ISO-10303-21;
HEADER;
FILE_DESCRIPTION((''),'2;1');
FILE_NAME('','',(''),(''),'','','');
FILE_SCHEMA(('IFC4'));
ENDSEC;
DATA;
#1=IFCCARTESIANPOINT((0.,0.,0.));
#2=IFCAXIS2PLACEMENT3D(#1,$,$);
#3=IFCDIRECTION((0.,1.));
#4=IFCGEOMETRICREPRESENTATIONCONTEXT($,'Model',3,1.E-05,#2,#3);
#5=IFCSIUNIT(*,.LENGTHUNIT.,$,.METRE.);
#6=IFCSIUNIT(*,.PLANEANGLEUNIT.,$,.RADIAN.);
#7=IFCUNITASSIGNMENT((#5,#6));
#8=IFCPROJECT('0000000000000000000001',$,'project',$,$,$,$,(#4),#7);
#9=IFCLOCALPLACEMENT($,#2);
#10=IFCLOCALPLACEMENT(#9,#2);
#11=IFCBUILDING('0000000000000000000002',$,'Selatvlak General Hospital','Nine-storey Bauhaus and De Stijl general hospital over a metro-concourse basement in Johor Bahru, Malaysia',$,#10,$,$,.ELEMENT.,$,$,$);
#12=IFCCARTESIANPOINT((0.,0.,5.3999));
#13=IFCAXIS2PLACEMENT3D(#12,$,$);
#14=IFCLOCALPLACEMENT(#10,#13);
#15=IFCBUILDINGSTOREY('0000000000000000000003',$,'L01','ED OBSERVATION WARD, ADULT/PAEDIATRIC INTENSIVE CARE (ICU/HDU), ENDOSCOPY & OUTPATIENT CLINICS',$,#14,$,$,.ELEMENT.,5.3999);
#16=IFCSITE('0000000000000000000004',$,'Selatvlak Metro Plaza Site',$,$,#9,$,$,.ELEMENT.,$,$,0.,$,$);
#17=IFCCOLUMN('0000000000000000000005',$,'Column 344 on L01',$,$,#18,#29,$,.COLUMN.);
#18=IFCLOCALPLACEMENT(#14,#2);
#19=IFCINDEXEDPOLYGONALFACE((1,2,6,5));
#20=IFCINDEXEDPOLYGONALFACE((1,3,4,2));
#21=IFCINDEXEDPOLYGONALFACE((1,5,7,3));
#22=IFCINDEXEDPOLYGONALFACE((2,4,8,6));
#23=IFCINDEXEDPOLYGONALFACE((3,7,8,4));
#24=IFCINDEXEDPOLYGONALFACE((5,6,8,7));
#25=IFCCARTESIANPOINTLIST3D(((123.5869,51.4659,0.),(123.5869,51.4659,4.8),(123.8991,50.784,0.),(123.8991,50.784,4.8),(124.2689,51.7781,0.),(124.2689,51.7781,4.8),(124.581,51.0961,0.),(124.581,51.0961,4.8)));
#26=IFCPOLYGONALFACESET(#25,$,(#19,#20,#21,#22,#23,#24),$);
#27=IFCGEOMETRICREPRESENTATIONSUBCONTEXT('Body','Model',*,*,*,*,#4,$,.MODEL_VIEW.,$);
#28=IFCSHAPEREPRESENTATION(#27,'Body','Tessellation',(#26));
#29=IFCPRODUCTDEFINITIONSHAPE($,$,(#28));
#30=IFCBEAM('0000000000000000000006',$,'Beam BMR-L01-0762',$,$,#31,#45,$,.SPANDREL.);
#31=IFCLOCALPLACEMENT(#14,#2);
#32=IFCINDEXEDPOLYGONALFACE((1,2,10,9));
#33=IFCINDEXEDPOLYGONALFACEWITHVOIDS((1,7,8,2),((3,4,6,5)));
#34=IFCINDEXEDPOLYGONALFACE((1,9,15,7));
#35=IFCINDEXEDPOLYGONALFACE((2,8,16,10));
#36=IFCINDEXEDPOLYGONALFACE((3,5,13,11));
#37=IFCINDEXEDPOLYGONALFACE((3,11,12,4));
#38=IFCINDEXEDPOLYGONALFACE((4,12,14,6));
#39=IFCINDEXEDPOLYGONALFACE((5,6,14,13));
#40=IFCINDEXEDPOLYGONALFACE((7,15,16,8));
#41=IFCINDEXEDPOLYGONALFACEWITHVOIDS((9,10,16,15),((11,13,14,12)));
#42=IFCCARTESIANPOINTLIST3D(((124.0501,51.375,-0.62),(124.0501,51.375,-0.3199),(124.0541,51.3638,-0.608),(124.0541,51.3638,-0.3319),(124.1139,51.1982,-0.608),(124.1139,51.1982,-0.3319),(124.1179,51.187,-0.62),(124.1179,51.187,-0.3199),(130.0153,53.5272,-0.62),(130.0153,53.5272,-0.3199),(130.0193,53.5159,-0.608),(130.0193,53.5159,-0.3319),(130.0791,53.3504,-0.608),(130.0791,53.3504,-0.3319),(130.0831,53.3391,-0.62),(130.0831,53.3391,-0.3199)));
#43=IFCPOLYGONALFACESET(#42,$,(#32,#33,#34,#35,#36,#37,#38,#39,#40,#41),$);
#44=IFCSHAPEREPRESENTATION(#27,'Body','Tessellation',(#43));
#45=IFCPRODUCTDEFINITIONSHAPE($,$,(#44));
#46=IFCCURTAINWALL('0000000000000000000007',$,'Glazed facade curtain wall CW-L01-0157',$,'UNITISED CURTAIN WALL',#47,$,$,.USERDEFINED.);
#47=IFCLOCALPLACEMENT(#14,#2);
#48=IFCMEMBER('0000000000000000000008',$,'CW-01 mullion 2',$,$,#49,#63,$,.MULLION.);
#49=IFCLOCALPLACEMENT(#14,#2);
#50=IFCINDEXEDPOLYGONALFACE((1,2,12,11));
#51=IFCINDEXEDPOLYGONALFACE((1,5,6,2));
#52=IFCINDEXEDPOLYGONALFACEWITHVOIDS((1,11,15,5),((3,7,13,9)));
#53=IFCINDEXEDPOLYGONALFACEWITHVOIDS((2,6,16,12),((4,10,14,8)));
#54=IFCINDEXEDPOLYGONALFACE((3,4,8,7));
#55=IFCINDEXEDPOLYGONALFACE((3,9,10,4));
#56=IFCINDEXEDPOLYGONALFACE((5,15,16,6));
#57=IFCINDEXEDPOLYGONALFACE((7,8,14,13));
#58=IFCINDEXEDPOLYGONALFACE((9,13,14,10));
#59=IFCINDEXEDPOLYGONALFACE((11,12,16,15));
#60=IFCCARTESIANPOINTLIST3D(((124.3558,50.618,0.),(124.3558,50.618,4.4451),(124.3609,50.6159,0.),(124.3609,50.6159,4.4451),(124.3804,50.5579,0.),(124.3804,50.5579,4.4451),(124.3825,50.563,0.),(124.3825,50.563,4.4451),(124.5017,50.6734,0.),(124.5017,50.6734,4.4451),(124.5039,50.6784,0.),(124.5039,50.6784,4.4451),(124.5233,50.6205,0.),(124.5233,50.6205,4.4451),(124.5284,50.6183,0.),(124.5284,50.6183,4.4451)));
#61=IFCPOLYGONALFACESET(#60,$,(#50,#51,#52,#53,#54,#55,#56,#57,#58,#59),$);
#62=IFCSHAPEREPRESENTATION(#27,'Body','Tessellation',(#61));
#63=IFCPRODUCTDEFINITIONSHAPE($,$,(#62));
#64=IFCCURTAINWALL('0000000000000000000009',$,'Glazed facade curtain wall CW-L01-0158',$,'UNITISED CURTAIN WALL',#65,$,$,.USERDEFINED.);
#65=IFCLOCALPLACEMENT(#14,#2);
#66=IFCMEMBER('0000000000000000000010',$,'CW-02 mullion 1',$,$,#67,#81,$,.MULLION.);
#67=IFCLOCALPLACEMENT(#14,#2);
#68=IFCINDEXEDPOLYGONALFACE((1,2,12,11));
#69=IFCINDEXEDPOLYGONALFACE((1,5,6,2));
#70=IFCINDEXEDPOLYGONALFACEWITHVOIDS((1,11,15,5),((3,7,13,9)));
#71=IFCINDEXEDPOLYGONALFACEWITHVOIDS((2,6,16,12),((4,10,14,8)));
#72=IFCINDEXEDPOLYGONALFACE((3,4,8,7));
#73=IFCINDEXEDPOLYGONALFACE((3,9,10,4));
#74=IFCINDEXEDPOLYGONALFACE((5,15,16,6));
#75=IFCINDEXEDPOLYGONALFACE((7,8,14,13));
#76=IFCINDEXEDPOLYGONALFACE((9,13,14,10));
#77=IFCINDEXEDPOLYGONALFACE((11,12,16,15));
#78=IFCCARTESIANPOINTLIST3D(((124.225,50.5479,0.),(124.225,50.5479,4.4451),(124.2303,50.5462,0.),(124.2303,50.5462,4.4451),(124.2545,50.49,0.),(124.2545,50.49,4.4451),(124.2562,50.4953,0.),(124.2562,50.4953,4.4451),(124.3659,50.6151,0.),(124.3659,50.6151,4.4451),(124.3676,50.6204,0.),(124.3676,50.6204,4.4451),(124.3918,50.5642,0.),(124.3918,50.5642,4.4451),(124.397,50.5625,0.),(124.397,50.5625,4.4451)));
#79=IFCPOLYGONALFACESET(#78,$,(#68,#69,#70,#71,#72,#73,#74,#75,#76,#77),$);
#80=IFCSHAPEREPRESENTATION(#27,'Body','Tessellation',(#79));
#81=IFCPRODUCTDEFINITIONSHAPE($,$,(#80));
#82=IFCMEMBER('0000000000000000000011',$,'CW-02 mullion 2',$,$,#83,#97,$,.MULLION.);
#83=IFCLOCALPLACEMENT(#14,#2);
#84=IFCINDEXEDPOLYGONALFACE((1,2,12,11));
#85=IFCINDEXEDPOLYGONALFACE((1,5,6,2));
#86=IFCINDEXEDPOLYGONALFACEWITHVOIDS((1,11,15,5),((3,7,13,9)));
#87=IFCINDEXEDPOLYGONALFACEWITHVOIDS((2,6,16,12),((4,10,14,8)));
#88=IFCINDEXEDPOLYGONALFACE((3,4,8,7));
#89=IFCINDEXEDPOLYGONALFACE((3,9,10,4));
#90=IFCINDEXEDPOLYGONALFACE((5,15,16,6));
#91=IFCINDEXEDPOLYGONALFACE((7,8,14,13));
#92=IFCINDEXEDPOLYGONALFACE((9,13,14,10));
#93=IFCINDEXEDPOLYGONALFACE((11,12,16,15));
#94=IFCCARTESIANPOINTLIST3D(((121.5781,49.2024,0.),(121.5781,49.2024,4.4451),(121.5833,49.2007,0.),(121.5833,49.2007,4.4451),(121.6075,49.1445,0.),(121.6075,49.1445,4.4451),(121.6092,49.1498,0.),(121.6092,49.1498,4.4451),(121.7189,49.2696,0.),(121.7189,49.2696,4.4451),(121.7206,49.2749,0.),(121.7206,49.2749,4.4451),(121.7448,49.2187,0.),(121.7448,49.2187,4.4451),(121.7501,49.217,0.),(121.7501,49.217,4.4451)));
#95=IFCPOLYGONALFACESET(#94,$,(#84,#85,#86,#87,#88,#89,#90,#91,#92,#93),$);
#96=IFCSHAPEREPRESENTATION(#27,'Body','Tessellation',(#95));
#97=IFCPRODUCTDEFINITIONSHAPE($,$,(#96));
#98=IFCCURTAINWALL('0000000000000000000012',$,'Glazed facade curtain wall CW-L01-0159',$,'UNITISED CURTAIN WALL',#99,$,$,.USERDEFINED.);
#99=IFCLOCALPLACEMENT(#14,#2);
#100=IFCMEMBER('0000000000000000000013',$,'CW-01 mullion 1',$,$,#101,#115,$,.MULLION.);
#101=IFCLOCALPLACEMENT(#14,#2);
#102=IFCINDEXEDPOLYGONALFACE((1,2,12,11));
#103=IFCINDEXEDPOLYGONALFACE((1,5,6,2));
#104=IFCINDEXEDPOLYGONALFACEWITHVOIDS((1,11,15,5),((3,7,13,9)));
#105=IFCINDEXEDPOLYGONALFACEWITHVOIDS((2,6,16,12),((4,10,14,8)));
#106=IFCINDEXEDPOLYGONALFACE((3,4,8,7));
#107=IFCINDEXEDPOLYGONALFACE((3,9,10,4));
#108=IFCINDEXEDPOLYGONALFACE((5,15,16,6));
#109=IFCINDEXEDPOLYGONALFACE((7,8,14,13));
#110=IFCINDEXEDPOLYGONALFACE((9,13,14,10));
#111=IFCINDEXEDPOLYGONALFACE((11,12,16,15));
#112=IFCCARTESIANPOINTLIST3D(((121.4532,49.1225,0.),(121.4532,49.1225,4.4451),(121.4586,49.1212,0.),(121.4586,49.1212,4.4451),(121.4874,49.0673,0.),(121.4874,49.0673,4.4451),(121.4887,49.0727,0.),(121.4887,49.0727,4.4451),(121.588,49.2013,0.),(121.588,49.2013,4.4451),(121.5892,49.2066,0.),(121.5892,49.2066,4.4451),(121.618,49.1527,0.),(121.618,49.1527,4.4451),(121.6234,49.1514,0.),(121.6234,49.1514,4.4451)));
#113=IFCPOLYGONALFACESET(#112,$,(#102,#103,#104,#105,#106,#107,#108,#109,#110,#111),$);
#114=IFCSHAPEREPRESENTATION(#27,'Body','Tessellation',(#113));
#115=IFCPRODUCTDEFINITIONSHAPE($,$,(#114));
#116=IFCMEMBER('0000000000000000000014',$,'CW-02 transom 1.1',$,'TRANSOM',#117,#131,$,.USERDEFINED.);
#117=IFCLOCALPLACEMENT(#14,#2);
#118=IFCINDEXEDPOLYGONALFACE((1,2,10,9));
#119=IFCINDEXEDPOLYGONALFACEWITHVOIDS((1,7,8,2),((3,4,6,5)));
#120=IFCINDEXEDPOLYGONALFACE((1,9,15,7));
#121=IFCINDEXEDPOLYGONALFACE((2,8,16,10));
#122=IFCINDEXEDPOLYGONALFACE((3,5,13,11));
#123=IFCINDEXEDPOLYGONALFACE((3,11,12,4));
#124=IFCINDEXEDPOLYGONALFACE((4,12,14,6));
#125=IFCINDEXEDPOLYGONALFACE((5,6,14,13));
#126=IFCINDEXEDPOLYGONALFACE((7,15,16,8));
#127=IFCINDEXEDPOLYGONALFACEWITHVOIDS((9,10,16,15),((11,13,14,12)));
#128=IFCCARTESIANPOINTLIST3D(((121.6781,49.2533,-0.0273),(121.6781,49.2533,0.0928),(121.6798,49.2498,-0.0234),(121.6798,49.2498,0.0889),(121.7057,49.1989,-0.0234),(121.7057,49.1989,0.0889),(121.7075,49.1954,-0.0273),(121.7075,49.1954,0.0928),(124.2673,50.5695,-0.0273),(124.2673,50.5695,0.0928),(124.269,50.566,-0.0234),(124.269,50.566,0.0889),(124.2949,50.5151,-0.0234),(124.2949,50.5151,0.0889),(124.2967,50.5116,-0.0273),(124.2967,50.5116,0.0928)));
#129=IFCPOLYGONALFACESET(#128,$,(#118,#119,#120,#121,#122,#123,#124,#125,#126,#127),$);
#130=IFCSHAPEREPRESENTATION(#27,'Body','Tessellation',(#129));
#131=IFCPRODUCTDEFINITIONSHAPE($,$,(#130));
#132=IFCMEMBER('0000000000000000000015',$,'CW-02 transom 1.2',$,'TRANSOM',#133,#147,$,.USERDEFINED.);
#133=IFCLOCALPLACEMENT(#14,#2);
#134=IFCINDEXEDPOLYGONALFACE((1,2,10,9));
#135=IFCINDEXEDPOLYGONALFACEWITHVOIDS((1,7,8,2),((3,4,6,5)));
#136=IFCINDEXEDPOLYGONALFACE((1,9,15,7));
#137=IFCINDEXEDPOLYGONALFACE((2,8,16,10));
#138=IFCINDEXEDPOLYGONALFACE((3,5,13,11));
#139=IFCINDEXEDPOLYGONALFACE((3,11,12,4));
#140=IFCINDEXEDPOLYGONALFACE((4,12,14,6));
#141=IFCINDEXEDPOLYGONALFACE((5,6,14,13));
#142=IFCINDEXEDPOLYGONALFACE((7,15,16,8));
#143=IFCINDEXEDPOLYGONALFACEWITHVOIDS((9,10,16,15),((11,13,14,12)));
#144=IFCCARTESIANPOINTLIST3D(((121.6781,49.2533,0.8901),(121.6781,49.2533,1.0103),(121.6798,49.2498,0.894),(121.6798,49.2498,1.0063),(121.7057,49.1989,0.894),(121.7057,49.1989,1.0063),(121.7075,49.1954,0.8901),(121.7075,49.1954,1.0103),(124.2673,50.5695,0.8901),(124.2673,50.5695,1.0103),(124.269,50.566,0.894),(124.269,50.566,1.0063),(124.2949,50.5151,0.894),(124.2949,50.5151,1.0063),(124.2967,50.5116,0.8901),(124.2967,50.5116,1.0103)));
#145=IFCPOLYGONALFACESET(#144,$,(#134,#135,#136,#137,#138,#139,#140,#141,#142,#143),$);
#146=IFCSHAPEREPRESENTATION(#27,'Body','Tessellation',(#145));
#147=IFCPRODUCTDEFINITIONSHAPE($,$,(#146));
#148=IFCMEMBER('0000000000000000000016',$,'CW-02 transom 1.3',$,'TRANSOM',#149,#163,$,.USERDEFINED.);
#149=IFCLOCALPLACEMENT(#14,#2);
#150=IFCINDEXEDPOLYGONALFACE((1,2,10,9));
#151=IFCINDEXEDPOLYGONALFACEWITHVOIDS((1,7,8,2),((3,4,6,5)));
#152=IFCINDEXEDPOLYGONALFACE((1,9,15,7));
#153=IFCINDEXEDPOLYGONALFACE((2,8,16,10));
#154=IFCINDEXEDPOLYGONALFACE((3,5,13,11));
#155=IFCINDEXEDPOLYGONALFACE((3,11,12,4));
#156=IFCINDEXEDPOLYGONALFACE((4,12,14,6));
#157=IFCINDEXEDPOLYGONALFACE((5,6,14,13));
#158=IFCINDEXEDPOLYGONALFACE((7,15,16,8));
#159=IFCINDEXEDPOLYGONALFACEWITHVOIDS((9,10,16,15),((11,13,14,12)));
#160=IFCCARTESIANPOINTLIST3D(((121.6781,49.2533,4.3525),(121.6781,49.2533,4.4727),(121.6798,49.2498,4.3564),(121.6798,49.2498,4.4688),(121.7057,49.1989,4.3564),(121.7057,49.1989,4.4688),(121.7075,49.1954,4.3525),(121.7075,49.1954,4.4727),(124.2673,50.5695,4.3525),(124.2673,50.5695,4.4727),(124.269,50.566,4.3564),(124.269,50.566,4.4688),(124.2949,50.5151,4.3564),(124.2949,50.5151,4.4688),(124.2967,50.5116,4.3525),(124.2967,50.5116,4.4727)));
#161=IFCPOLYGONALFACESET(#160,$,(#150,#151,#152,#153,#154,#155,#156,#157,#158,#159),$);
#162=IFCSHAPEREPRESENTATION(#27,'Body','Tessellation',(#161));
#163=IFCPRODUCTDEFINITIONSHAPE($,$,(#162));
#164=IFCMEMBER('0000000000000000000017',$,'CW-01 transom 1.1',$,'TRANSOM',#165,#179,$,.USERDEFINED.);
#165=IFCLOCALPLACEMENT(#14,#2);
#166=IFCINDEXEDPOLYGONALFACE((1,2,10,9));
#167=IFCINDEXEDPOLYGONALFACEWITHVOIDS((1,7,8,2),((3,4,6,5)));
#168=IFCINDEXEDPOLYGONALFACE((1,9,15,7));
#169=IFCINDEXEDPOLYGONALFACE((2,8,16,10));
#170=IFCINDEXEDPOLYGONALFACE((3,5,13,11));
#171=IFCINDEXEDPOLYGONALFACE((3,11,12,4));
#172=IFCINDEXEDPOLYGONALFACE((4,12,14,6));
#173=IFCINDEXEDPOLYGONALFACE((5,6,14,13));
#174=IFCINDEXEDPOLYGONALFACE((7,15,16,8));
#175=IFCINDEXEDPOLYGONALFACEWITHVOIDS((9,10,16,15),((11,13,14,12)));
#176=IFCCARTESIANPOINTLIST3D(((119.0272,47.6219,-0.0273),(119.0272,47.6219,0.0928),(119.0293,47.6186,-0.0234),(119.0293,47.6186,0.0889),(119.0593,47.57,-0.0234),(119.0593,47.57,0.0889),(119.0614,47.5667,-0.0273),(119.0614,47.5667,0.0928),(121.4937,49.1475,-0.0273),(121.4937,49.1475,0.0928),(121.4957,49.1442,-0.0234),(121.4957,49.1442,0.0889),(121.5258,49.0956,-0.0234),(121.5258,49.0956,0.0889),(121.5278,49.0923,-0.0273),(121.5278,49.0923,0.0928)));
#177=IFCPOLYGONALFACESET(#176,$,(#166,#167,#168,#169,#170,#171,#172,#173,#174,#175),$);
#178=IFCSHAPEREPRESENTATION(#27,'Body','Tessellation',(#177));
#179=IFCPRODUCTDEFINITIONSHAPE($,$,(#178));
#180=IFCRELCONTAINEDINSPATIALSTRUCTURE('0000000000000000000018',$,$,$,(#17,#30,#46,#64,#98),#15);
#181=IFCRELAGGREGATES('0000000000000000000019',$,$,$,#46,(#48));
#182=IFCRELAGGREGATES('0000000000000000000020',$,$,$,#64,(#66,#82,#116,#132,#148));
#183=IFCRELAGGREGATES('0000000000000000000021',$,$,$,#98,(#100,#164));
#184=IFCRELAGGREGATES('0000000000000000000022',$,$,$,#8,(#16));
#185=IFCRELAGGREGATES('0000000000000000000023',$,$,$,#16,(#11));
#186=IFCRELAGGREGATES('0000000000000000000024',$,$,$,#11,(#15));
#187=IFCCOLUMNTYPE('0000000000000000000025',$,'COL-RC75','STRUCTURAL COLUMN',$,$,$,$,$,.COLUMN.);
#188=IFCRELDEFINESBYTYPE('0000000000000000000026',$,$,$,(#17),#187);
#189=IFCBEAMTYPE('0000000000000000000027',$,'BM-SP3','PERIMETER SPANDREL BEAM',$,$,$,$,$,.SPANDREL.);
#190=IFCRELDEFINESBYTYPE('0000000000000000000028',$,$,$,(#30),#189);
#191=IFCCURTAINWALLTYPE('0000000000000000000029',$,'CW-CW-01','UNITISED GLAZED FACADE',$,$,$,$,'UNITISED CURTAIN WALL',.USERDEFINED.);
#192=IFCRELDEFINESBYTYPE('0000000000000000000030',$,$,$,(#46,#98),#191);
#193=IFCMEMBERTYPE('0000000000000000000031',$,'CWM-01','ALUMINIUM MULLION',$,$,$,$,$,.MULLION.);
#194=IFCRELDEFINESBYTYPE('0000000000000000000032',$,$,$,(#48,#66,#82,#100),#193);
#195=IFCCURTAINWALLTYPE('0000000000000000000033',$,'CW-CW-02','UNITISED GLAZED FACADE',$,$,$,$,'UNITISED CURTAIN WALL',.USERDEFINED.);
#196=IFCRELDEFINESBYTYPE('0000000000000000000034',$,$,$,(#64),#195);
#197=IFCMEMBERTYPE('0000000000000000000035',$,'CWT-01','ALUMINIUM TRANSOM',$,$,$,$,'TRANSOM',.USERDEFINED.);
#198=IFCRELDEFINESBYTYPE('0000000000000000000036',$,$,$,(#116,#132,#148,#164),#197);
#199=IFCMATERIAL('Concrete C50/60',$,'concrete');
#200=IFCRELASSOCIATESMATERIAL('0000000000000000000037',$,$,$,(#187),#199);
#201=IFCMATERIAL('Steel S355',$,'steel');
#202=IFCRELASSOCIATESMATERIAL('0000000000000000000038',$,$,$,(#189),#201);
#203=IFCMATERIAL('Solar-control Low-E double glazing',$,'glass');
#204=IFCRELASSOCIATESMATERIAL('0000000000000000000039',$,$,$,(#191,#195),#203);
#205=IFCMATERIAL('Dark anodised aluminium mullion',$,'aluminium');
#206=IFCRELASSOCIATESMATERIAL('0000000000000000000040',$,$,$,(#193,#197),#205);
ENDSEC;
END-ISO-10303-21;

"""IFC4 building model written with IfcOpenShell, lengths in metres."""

from ifc_helpers import new_model, si_unit, direction, frame, origin, origin_2d, place, context, subcontext, project, spatial, rectangle, hollow_rectangle, extrude, material, material_profile, profile_set, type_object, element, aggregate, save


model = new_model("IFC4")

# Units and contexts
model_context = context("Model", 3, precision=1e-05, world=origin(), true_north=direction((0.0, 1.0)))
body_context = subcontext(model_context, "Body", "Model", "MODEL_VIEW")
ifc_project = project(units=[si_unit("LENGTHUNIT", "METRE"), si_unit("PLANEANGLEUNIT", "RADIAN")], contexts=[model_context])

# Site, building, storey
site_placement = place(None, origin())
site = spatial("IfcSite", under=ifc_project, at=site_placement, Name="Selatvlak Metro Plaza Site", CompositionType="ELEMENT", RefElevation=0.0)
building_placement = place(site_placement, origin())
building = spatial("IfcBuilding", under=site, at=building_placement, Name="Selatvlak General Hospital", Description="Nine-storey Bauhaus and De Stijl general hospital over a metro-concourse basement in Johor Bahru, Malaysia", CompositionType="ELEMENT")
storey_placement = place(building_placement, frame((0.0, 0.0, 5.3999)))
storey = spatial("IfcBuildingStorey", under=building, at=storey_placement, Name="L01", Description="ED OBSERVATION WARD, ADULT/PAEDIATRIC INTENSIVE CARE (ICU/HDU), ENDOSCOPY & OUTPATIENT CLINICS", CompositionType="ELEMENT", Elevation=5.3999)

# Column
ifc_material_1 = material(Name="Concrete C50/60", Category="concrete")
ifc_material_profile_1 = material_profile(ifc_material_1, rectangle(XDim=0.75, YDim=0.75, at=origin_2d()), Name="RC-COL 750x750")
ifc_profile_set_1 = profile_set([ifc_material_profile_1], Name="Concrete C50/60")
column_type = type_object("IfcColumnType", Name="COL-RC75", Description="STRUCTURAL COLUMN", PredefinedType="COLUMN", material=ifc_profile_set_1)
column_placement = place(storey_placement, frame((124.084, 51.281, 0.0), z_axis=(0.0, 0.0, 1.0), x_axis=(-0.416201, 0.909272, 0.0)))
element("IfcColumn", 1, at=column_placement, inside=storey, type_object=column_type, Name="Column 344 on L01", PredefinedType="COLUMN", context=body_context, shape_type="SweptSolid", body=[
    extrude(rectangle(XDim=0.75, YDim=0.75, at=origin_2d()), origin(), (0.0, 0.0, 1.0), 4.8),
])

# Beam
ifc_material_2 = material(Name="Steel S355", Category="steel")
ifc_material_profile_2 = material_profile(ifc_material_2, hollow_rectangle(XDim=0.2, YDim=0.3, WallThickness=0.012, at=origin_2d()), Name="RHS 300x200x12")
ifc_profile_set_2 = profile_set([ifc_material_profile_2], Name="Steel S355")
beam_type = type_object("IfcBeamType", Name="BM-SP3", Description="PERIMETER SPANDREL BEAM", PredefinedType="SPANDREL", material=ifc_profile_set_2)
beam_placement = place(storey_placement, frame((124.084, 51.281, -0.47), z_axis=(0.940653, 0.339371, 0.0), x_axis=(-0.339371, 0.940653, 0.0)))
element("IfcBeam", 2, at=beam_placement, inside=storey, type_object=beam_type, Name="Beam BMR-L01-0762", PredefinedType="SPANDREL", context=body_context, shape_type="SweptSolid", body=[
    extrude(hollow_rectangle(XDim=0.2, YDim=0.3, WallThickness=0.012, at=origin_2d()), origin(), (0.0, 0.0, 1.0), 6.3416),
])

# Curtain wall, member
ifc_material_3 = material(Name="Solar-control Low-E double glazing", Category="glass")
curtain_wall_type_1 = type_object("IfcCurtainWallType", Name="CW-CW-01", Description="UNITISED GLAZED FACADE", ElementType="UNITISED CURTAIN WALL", PredefinedType="USERDEFINED", material=ifc_material_3)
curtain_wall_1_placement = place(storey_placement, origin())
curtain_wall_1 = element("IfcCurtainWall", 3, at=curtain_wall_1_placement, inside=storey, type_object=curtain_wall_type_1, Name="Glazed facade curtain wall CW-L01-0157", ObjectType="UNITISED CURTAIN WALL", PredefinedType="USERDEFINED")
ifc_material_4 = material(Name="Dark anodised aluminium mullion", Category="aluminium")
ifc_material_profile_3 = material_profile(ifc_material_4, hollow_rectangle(XDim=0.0649, YDim=0.1599, WallThickness=0.0039, at=origin_2d()), Name="AL-MUL 65x160x4")
ifc_profile_set_3 = profile_set([ifc_material_profile_3], Name="Dark anodised aluminium mullion")
member_type_1 = type_object("IfcMemberType", Name="CWM-01", Description="ALUMINIUM MULLION", PredefinedType="MULLION", material=ifc_profile_set_3)
member_1_placement = place(storey_placement, frame((124.4421, 50.6182, 0.0), z_axis=(0.0, 0.0, 1.0), x_axis=(0.377978, -0.925815, 0.0)))
member_1 = element("IfcMember", 4, at=member_1_placement, type_object=member_type_1, Name="CW-01 mullion 2", PredefinedType="MULLION", context=body_context, shape_type="SweptSolid", body=[
    extrude(hollow_rectangle(XDim=0.0649, YDim=0.1599, WallThickness=0.0039, at=origin_2d()), origin(), (0.0, 0.0, 1.0), 4.4451),
])

# Curtain wall, members
curtain_wall_type_2 = type_object("IfcCurtainWallType", Name="CW-CW-02", Description="UNITISED GLAZED FACADE", ElementType="UNITISED CURTAIN WALL", PredefinedType="USERDEFINED", material=ifc_material_3)
curtain_wall_2_placement = place(storey_placement, origin())
curtain_wall_2 = element("IfcCurtainWall", 5, at=curtain_wall_2_placement, inside=storey, type_object=curtain_wall_type_2, Name="Glazed facade curtain wall CW-L01-0158", ObjectType="UNITISED CURTAIN WALL", PredefinedType="USERDEFINED")
member_2_placement = place(storey_placement, frame((124.311, 50.5552, 0.0), z_axis=(0.0, 0.0, 1.0), x_axis=(0.453136, -0.891442, 0.0)))
member_2 = element("IfcMember", 6, at=member_2_placement, type_object=member_type_1, Name="CW-02 mullion 1", PredefinedType="MULLION", context=body_context, shape_type="SweptSolid", body=[
    extrude(hollow_rectangle(XDim=0.0649, YDim=0.1599, WallThickness=0.0039, at=origin_2d()), origin(), (0.0, 0.0, 1.0), 4.4451),
])
member_3_placement = place(storey_placement, frame((121.6641, 49.2097, 0.0), z_axis=(0.0, 0.0, 1.0), x_axis=(0.453136, -0.891442, 0.0)))
member_3 = element("IfcMember", 7, at=member_3_placement, type_object=member_type_1, Name="CW-02 mullion 2", PredefinedType="MULLION", context=body_context, shape_type="SweptSolid", body=[
    extrude(hollow_rectangle(XDim=0.0649, YDim=0.1599, WallThickness=0.0039, at=origin_2d()), origin(), (0.0, 0.0, 1.0), 4.4451),
])

# Curtain wall, member
curtain_wall_3_placement = place(storey_placement, origin())
curtain_wall_3 = element("IfcCurtainWall", 8, at=curtain_wall_3_placement, inside=storey, type_object=curtain_wall_type_1, Name="Glazed facade curtain wall CW-L01-0159", ObjectType="UNITISED CURTAIN WALL", PredefinedType="USERDEFINED")
member_4_placement = place(storey_placement, frame((121.5383, 49.137, 0.0), z_axis=(0.0, 0.0, 1.0), x_axis=(0.526048, -0.850455, 0.0)))
member_4 = element("IfcMember", 9, at=member_4_placement, type_object=member_type_1, Name="CW-01 mullion 1", PredefinedType="MULLION", context=body_context, shape_type="SweptSolid", body=[
    extrude(hollow_rectangle(XDim=0.0649, YDim=0.1599, WallThickness=0.0039, at=origin_2d()), origin(), (0.0, 0.0, 1.0), 4.4451),
])

# Members
ifc_material_profile_4 = material_profile(ifc_material_4, hollow_rectangle(XDim=0.0649, YDim=0.1201, WallThickness=0.0039, at=origin_2d()), Name="AL-TRN 65x120x4")
ifc_profile_set_4 = profile_set([ifc_material_profile_4], Name="Dark anodised aluminium mullion")
member_type_2 = type_object("IfcMemberType", Name="CWT-01", Description="ALUMINIUM TRANSOM", ElementType="TRANSOM", PredefinedType="USERDEFINED", material=ifc_profile_set_4)
member_5_placement = place(storey_placement, frame((124.282, 50.5405, 0.0327), z_axis=(-0.891432, -0.453155, 0.0), x_axis=(0.453155, -0.891432, 0.0)))
member_5 = element("IfcMember", 10, at=member_5_placement, type_object=member_type_2, Name="CW-02 transom 1.1", ObjectType="TRANSOM", PredefinedType="USERDEFINED", context=body_context, shape_type="SweptSolid", body=[
    extrude(hollow_rectangle(XDim=0.0649, YDim=0.1201, WallThickness=0.0039, at=origin_2d()), origin(), (0.0, 0.0, 1.0), 2.9045),
])
member_6_placement = place(storey_placement, frame((124.282, 50.5405, 0.9502), z_axis=(-0.891432, -0.453155, 0.0), x_axis=(0.453155, -0.891432, 0.0)))
member_6 = element("IfcMember", 11, at=member_6_placement, type_object=member_type_2, Name="CW-02 transom 1.2", ObjectType="TRANSOM", PredefinedType="USERDEFINED", context=body_context, shape_type="SweptSolid", body=[
    extrude(hollow_rectangle(XDim=0.0649, YDim=0.1201, WallThickness=0.0039, at=origin_2d()), origin(), (0.0, 0.0, 1.0), 2.9045),
])
member_7_placement = place(storey_placement, frame((124.282, 50.5405, 4.4126), z_axis=(-0.891432, -0.453155, 0.0), x_axis=(0.453155, -0.891432, 0.0)))
member_7 = element("IfcMember", 12, at=member_7_placement, type_object=member_type_2, Name="CW-02 transom 1.3", ObjectType="TRANSOM", PredefinedType="USERDEFINED", context=body_context, shape_type="SweptSolid", body=[
    extrude(hollow_rectangle(XDim=0.0649, YDim=0.1201, WallThickness=0.0039, at=origin_2d()), origin(), (0.0, 0.0, 1.0), 2.9045),
])
member_8_placement = place(storey_placement, frame((121.5107, 49.1199, 0.0327), z_axis=(-0.850462, -0.526036, 0.0), x_axis=(0.526036, -0.850462, 0.0)))
member_8 = element("IfcMember", 13, at=member_8_placement, type_object=member_type_2, Name="CW-01 transom 1.1", ObjectType="TRANSOM", PredefinedType="USERDEFINED", context=body_context, shape_type="SweptSolid", body=[
    extrude(hollow_rectangle(XDim=0.0649, YDim=0.1201, WallThickness=0.0039, at=origin_2d()), origin(), (0.0, 0.0, 1.0), 2.9001),
])

aggregate(curtain_wall_1, [member_1])
aggregate(curtain_wall_2, [member_2, member_3, member_5, member_6, member_7])
aggregate(curtain_wall_3, [member_4, member_8])

save(model, "model.ifc")
